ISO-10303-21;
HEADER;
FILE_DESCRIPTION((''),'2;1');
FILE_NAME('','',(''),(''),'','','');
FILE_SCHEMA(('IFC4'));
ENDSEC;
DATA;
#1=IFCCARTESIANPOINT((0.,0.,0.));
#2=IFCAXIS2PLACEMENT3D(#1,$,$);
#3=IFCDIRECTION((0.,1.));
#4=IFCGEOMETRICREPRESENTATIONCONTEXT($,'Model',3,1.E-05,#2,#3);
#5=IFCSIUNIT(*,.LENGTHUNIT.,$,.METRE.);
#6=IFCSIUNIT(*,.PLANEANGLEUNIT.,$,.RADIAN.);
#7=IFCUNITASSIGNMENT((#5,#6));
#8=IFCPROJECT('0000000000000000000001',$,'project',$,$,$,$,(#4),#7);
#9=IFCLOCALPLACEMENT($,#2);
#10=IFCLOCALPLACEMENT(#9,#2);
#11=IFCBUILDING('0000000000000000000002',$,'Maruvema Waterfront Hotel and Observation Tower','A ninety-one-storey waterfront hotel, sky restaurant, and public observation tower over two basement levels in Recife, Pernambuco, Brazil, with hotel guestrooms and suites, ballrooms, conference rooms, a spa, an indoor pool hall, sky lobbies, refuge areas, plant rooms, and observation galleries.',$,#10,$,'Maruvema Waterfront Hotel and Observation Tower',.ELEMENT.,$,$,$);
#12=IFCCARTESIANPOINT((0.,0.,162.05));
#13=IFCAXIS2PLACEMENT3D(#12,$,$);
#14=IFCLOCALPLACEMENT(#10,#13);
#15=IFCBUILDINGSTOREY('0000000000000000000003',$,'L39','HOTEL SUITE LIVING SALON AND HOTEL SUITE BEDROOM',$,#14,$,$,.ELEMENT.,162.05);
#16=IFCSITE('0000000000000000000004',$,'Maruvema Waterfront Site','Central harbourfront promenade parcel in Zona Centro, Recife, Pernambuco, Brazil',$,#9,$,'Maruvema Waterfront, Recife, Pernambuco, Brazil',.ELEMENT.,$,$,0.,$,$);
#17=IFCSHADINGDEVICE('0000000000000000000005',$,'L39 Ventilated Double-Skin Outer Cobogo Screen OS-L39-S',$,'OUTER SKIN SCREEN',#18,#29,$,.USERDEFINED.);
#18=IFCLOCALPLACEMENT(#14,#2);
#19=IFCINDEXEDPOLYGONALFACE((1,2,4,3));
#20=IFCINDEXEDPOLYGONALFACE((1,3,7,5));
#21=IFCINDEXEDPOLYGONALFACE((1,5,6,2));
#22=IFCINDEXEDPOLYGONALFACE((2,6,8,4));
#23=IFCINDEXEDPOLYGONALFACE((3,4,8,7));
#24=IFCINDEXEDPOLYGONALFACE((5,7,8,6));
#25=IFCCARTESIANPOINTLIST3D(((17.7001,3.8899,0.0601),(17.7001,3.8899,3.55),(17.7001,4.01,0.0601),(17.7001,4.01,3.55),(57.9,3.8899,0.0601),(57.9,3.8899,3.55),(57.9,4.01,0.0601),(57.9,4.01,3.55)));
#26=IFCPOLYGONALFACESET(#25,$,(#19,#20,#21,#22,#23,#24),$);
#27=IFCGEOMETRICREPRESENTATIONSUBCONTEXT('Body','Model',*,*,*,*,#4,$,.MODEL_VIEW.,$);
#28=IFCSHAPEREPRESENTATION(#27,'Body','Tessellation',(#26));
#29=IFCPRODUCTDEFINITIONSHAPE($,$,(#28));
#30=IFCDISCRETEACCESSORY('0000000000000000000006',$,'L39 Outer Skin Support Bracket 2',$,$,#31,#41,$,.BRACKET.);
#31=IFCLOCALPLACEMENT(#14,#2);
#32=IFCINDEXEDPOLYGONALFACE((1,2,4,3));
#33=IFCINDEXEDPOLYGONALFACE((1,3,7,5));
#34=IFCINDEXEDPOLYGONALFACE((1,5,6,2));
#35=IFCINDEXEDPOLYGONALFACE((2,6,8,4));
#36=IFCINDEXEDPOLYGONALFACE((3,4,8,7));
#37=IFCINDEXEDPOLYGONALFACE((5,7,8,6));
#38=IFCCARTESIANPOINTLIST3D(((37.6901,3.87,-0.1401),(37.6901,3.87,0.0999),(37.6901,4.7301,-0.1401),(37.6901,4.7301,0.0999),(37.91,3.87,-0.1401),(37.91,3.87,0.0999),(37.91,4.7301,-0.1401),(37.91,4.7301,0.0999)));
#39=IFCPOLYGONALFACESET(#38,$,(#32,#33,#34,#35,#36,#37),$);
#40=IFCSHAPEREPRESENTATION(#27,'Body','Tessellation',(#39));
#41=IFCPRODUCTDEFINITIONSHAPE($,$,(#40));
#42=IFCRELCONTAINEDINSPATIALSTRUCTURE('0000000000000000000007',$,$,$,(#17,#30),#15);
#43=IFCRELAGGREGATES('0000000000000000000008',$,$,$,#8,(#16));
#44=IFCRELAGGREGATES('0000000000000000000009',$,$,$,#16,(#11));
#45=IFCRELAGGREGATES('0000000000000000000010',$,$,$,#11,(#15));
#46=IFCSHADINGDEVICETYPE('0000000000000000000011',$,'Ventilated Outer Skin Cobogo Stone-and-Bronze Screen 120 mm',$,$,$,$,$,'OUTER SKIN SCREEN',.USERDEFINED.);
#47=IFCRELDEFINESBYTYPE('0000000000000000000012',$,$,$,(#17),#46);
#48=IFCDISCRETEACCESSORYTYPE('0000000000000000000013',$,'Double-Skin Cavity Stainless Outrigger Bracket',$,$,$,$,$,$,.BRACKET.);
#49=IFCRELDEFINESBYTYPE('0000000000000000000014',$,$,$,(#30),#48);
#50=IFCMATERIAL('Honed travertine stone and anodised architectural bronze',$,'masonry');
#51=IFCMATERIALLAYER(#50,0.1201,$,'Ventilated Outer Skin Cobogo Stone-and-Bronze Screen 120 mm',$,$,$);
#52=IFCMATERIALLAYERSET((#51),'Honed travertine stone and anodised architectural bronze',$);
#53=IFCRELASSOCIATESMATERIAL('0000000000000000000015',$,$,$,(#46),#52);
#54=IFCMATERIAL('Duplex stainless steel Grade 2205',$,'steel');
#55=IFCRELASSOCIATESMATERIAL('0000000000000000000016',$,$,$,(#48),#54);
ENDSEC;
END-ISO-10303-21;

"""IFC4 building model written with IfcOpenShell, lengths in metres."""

from ifc_helpers import new_model, si_unit, direction, frame, origin, origin_2d, place, context, subcontext, project, spatial, rectangle, extrude, material, layer, layer_set, type_object, element, save


model = new_model("IFC4")

# Units and contexts
model_context = context("Model", 3, precision=1e-05, world=origin(), true_north=direction((0.0, 1.0)))
body_context = subcontext(model_context, "Body", "Model", "MODEL_VIEW")
ifc_project = project(units=[si_unit("LENGTHUNIT", "METRE"), si_unit("PLANEANGLEUNIT", "RADIAN")], contexts=[model_context])

# Site, building, storey
site_placement = place(None, origin())
site = spatial("IfcSite", under=ifc_project, at=site_placement, Name="Maruvema Waterfront Site", Description="Central harbourfront promenade parcel in Zona Centro, Recife, Pernambuco, Brazil", LongName="Maruvema Waterfront, Recife, Pernambuco, Brazil", CompositionType="ELEMENT", RefElevation=0.0)
building_placement = place(site_placement, origin())
building = spatial("IfcBuilding", under=site, at=building_placement, Name="Maruvema Waterfront Hotel and Observation Tower", Description="A ninety-one-storey waterfront hotel, sky restaurant, and public observation tower over two basement levels in Recife, Pernambuco, Brazil, with hotel guestrooms and suites, ballrooms, conference rooms, a spa, an indoor pool hall, sky lobbies, refuge areas, plant rooms, and observation galleries.", LongName="Maruvema Waterfront Hotel and Observation Tower", CompositionType="ELEMENT")
storey_placement = place(building_placement, frame((0.0, 0.0, 162.05)))
storey = spatial("IfcBuildingStorey", under=building, at=storey_placement, Name="L39", Description="HOTEL SUITE LIVING SALON AND HOTEL SUITE BEDROOM", CompositionType="ELEMENT", Elevation=162.05)

# Shading device
ifc_material_1 = material(Name="Honed travertine stone and anodised architectural bronze", Category="masonry")
ifc_layer_1 = layer(ifc_material_1, 0.1201, Name="Ventilated Outer Skin Cobogo Stone-and-Bronze Screen 120 mm")
ifc_layer_set_1 = layer_set([ifc_layer_1], Name="Honed travertine stone and anodised architectural bronze")
shading_device_type = type_object("IfcShadingDeviceType", Name="Ventilated Outer Skin Cobogo Stone-and-Bronze Screen 120 mm", ElementType="OUTER SKIN SCREEN", PredefinedType="USERDEFINED", material=ifc_layer_set_1)
shading_device_placement = place(storey_placement, frame((37.8, 3.95, 0.0601), z_axis=(0.0, 0.0, 1.0), x_axis=(1.0, 0.0, 0.0)))
element("IfcShadingDevice", 1, at=shading_device_placement, inside=storey, type_object=shading_device_type, Name="L39 Ventilated Double-Skin Outer Cobogo Screen OS-L39-S", ObjectType="OUTER SKIN SCREEN", PredefinedType="USERDEFINED", context=body_context, shape_type="SweptSolid", body=[
    extrude(rectangle(XDim=40.2, YDim=0.1201, at=origin_2d()), origin(), (0.0, 0.0, 1.0), 3.49),
])

# Discrete accessory
ifc_material_2 = material(Name="Duplex stainless steel Grade 2205", Category="steel")
discrete_accessory_type = type_object("IfcDiscreteAccessoryType", Name="Double-Skin Cavity Stainless Outrigger Bracket", PredefinedType="BRACKET", material=ifc_material_2)
discrete_accessory_placement = place(storey_placement, frame((37.8, 4.3, -0.1401), z_axis=(0.0, 0.0, 1.0), x_axis=(1.0, 0.0, 0.0)))
element("IfcDiscreteAccessory", 2, at=discrete_accessory_placement, inside=storey, type_object=discrete_accessory_type, Name="L39 Outer Skin Support Bracket 2", PredefinedType="BRACKET", context=body_context, shape_type="SweptSolid", body=[
    extrude(rectangle(XDim=0.22, YDim=0.8601, at=origin_2d()), origin(), (0.0, 0.0, 1.0), 0.24),
])

save(model, "model.ifc")
